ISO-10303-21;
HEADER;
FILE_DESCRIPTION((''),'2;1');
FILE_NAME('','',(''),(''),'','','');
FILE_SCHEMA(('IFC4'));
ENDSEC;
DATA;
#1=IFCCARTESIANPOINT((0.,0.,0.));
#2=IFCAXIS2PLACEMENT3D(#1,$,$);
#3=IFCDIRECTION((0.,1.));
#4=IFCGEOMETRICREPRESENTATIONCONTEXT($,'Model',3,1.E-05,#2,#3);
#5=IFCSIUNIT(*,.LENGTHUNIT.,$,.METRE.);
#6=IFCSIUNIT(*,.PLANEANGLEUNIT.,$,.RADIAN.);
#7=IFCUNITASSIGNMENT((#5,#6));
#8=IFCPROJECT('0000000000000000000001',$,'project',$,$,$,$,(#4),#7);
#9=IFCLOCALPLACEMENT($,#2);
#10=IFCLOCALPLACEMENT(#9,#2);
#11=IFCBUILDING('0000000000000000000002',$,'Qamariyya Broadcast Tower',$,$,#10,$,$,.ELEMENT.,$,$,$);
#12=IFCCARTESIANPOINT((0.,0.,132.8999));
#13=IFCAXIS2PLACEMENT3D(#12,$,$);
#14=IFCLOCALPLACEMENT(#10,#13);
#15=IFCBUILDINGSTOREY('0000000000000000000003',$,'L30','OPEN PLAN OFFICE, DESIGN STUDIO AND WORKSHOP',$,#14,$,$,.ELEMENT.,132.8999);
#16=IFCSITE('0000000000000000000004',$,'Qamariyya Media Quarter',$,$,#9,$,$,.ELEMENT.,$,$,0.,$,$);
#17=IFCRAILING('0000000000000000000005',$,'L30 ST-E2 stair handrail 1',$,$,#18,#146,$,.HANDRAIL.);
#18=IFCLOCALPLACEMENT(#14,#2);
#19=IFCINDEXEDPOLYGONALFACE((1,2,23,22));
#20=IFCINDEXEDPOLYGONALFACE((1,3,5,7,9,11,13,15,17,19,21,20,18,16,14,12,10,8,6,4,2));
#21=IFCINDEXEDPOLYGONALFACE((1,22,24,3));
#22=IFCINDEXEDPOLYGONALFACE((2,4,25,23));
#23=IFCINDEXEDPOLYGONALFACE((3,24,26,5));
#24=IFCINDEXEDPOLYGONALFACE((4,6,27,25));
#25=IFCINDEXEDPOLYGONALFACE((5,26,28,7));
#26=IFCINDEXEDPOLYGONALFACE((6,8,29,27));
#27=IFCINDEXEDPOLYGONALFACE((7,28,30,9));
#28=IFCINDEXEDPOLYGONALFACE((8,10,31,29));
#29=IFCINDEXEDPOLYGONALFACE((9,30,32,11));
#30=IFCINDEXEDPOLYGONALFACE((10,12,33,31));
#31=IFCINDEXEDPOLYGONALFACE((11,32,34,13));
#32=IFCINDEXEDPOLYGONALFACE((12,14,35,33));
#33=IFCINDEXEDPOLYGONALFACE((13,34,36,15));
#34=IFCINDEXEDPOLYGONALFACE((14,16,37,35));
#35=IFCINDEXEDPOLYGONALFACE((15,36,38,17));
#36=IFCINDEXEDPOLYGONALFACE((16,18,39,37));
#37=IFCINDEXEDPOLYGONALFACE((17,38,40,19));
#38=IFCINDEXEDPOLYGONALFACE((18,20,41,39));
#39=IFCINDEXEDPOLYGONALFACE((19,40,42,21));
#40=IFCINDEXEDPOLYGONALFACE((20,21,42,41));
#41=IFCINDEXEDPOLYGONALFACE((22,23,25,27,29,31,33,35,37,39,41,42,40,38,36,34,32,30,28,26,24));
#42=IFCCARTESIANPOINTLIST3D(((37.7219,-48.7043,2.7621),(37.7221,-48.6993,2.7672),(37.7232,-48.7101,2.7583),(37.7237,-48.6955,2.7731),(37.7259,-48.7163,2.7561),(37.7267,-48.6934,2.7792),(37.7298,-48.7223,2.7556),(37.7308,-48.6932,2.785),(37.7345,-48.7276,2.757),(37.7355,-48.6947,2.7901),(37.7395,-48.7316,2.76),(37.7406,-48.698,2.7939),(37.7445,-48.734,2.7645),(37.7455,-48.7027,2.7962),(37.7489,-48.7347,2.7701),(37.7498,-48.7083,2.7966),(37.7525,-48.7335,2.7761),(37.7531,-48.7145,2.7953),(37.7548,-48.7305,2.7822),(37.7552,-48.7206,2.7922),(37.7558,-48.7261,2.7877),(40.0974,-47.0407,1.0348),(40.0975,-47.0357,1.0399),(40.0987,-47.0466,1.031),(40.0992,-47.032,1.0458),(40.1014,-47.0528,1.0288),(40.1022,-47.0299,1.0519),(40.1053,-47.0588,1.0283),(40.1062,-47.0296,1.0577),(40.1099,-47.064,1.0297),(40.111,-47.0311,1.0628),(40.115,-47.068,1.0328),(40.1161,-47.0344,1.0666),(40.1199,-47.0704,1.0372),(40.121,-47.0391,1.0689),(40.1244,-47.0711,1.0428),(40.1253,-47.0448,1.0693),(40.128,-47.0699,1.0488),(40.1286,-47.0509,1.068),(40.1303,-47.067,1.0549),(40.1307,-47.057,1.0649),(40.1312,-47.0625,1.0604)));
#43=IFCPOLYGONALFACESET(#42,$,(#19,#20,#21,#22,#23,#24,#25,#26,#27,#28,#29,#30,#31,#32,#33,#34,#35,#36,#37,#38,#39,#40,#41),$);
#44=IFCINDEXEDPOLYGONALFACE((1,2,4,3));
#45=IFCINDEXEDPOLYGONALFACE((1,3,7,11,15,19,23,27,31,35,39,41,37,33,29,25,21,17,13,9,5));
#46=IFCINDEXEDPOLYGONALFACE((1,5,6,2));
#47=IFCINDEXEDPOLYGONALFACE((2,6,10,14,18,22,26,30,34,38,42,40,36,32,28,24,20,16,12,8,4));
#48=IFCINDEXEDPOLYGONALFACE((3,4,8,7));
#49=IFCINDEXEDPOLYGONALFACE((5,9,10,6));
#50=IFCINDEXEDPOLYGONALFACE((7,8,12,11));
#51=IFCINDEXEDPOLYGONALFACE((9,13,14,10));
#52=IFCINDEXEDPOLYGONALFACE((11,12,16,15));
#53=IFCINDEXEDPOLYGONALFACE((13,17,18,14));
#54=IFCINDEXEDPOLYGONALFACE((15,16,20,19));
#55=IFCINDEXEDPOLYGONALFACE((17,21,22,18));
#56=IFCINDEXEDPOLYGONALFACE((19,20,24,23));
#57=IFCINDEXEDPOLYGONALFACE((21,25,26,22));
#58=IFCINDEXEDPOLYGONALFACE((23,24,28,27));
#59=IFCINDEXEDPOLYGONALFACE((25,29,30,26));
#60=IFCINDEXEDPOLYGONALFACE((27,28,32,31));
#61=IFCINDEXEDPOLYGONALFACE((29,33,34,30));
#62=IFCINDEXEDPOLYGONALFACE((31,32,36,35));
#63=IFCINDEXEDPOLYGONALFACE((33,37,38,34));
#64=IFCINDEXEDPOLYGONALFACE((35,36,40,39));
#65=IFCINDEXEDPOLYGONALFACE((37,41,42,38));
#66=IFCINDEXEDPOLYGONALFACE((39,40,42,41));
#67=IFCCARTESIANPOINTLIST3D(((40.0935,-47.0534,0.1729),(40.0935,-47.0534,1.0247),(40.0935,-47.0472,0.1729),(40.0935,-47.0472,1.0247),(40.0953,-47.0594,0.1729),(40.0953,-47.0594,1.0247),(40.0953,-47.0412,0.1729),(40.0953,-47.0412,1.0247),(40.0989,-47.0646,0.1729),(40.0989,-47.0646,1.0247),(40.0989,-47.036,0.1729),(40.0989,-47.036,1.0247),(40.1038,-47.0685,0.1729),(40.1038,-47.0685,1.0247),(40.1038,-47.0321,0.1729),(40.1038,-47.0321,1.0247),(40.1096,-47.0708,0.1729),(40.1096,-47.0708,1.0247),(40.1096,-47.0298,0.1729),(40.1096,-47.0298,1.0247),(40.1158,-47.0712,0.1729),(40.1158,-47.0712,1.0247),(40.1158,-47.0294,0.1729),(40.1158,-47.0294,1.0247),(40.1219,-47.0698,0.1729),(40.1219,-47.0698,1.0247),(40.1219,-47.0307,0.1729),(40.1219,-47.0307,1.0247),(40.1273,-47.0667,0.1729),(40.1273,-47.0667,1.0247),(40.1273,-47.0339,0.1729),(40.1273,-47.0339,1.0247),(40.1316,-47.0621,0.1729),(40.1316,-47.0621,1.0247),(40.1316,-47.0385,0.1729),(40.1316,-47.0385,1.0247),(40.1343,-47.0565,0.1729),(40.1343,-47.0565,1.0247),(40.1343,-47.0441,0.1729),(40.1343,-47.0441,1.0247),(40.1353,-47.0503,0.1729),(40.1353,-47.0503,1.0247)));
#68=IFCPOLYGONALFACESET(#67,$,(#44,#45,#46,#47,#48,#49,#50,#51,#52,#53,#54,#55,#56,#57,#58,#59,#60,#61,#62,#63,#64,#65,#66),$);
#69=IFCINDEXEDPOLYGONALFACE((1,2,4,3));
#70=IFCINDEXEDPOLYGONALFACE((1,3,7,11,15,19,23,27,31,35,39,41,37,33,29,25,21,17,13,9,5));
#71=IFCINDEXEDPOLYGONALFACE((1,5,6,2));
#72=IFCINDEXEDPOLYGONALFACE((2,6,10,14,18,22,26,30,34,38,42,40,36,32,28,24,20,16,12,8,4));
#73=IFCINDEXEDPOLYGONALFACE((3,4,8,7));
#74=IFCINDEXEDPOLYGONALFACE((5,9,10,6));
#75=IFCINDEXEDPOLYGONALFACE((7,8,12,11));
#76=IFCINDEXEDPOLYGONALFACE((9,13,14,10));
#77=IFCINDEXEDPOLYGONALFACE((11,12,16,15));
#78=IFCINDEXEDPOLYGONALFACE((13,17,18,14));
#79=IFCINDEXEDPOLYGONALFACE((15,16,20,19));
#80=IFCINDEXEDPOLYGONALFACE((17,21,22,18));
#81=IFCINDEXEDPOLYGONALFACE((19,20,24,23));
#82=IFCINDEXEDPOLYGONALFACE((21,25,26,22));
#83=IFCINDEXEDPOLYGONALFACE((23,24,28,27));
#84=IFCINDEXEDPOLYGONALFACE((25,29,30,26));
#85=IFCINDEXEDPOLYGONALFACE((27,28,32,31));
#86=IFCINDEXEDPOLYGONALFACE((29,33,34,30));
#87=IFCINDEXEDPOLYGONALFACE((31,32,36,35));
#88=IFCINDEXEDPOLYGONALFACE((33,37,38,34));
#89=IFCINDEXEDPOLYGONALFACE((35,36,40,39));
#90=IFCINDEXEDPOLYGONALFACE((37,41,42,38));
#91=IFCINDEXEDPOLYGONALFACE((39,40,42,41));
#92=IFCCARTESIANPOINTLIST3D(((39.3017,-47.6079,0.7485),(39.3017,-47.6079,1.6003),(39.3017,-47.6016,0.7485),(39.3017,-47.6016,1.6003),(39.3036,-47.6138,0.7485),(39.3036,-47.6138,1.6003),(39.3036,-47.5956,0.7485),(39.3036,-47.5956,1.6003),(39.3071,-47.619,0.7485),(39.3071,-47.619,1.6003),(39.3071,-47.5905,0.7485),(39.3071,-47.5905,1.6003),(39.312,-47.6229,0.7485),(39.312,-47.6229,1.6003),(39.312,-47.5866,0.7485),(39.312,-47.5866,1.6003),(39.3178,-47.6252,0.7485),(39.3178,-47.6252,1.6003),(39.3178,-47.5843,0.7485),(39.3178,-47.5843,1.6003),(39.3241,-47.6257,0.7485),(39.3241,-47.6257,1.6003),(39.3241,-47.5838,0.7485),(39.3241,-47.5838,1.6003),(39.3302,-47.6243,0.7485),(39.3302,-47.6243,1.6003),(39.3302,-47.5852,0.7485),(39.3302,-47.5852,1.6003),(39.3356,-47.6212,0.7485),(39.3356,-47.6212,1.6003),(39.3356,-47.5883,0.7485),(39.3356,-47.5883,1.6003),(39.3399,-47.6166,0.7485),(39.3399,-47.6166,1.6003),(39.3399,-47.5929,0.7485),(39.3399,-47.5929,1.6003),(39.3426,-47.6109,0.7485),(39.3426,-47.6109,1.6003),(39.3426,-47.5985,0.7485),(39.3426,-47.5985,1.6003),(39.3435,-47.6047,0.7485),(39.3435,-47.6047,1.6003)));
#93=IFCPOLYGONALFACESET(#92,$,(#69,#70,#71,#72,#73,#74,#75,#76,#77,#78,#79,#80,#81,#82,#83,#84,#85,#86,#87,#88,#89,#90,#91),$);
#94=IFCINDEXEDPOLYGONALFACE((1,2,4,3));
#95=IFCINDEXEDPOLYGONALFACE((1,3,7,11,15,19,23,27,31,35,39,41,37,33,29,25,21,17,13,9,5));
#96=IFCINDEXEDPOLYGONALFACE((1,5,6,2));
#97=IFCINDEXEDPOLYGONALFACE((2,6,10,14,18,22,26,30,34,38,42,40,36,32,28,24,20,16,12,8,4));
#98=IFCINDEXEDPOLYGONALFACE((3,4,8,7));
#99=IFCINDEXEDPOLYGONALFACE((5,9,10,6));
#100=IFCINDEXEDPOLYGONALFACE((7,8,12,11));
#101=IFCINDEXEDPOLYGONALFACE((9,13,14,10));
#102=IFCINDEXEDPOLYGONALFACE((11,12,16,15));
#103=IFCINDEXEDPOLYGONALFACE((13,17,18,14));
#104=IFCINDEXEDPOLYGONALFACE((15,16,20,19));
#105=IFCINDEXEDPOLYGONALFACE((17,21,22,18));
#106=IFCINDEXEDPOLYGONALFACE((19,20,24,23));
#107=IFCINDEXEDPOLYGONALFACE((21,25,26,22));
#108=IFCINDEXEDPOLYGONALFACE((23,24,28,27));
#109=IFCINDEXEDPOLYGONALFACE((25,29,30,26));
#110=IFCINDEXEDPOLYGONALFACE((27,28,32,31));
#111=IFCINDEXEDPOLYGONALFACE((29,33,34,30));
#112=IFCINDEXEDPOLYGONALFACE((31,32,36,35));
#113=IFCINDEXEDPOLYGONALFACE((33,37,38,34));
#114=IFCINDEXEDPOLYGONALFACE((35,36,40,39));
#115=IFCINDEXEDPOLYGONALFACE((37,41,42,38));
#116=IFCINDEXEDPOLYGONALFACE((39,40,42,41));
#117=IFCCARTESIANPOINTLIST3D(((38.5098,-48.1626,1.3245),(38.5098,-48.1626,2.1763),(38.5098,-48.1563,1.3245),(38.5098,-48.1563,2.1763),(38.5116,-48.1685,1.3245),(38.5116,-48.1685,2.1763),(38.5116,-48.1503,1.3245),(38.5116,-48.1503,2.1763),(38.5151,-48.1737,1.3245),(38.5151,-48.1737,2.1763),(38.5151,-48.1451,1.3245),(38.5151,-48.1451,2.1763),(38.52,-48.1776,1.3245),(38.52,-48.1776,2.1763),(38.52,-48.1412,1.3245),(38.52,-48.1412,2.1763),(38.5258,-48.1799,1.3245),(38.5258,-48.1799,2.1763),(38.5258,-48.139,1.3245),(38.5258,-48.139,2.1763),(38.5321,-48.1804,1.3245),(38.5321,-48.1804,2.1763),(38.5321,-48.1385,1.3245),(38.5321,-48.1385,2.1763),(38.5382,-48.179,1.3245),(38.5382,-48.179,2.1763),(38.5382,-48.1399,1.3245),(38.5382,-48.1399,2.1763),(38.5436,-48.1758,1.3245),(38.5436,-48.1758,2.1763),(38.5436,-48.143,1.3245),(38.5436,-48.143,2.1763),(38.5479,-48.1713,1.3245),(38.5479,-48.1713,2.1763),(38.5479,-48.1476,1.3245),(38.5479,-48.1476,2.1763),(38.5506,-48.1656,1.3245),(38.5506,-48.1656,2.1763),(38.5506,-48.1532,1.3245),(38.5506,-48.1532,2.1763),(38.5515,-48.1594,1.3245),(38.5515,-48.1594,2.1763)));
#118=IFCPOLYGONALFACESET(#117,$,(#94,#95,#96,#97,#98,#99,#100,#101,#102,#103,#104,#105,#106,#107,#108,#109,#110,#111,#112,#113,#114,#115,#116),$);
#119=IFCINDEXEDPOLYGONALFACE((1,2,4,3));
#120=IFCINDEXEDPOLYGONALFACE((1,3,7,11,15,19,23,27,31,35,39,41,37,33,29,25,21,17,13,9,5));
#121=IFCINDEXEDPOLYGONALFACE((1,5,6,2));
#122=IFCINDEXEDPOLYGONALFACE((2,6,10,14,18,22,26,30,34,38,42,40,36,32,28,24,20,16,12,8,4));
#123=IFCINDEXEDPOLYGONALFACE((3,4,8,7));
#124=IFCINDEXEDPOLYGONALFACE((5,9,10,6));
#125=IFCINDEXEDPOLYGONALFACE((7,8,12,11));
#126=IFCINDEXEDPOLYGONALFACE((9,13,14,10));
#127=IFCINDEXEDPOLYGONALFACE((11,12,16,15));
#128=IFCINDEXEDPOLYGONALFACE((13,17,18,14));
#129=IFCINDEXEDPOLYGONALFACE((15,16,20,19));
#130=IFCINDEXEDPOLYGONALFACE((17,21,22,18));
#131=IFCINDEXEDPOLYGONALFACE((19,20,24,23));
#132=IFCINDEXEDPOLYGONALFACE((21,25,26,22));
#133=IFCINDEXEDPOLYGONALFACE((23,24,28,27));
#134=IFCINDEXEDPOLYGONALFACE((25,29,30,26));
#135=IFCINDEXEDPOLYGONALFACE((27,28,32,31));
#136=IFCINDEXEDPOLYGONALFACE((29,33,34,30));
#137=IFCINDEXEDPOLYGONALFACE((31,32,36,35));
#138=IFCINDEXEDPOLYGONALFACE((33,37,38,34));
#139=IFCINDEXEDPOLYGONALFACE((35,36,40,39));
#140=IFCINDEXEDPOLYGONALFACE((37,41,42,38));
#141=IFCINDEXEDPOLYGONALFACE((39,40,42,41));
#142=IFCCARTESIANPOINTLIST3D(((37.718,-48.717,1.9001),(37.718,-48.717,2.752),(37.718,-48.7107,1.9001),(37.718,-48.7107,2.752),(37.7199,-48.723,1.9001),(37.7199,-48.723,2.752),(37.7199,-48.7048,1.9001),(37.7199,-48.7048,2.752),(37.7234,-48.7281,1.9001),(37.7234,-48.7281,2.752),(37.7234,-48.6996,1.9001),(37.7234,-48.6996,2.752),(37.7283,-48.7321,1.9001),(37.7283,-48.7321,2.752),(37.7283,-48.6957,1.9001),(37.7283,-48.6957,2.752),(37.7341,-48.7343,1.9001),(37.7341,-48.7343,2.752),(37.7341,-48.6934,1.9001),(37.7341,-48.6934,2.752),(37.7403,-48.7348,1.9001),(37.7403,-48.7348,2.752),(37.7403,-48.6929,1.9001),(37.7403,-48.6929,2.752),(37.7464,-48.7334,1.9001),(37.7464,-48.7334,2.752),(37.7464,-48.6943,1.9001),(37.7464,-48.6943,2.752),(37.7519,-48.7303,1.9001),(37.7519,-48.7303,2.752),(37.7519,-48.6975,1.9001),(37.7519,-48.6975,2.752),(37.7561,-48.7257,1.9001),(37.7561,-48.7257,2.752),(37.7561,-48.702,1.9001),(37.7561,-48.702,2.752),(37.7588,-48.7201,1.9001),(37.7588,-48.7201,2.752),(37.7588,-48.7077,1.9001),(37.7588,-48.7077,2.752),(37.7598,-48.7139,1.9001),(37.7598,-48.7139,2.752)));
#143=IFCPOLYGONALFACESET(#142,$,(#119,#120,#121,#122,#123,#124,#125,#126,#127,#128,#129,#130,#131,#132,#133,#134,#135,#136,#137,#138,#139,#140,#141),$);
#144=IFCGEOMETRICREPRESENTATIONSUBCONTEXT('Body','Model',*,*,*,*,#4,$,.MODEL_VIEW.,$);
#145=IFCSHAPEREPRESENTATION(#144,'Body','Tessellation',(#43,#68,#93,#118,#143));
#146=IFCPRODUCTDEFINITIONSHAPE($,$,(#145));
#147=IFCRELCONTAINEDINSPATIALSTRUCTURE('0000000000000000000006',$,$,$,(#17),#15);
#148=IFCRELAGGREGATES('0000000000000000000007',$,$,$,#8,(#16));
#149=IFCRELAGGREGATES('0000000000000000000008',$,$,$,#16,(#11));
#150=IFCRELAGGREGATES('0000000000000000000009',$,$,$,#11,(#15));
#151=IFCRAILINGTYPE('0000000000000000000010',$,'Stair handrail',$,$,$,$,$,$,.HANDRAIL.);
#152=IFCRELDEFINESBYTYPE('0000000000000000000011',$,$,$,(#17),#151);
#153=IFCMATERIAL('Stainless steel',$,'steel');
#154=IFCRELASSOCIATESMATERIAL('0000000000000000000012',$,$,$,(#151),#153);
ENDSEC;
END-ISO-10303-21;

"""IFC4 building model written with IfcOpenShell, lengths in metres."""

from ifc_helpers import new_model, si_unit, direction, frame, origin, origin_2d, place, context, subcontext, project, spatial, circle, extrude, material, type_object, element, save


model = new_model("IFC4")

# Units and contexts
model_context = context("Model", 3, precision=1e-05, world=origin(), true_north=direction((0.0, 1.0)))
body_context = subcontext(model_context, "Body", "Model", "MODEL_VIEW")
ifc_project = project(units=[si_unit("LENGTHUNIT", "METRE"), si_unit("PLANEANGLEUNIT", "RADIAN")], contexts=[model_context])

# Site, building, storey
site_placement = place(None, origin())
site = spatial("IfcSite", under=ifc_project, at=site_placement, Name="Qamariyya Media Quarter", CompositionType="ELEMENT", RefElevation=0.0)
building_placement = place(site_placement, origin())
building = spatial("IfcBuilding", under=site, at=building_placement, Name="Qamariyya Broadcast Tower", CompositionType="ELEMENT")
storey_placement = place(building_placement, frame((0.0, 0.0, 132.8999)))
storey = spatial("IfcBuildingStorey", under=building, at=storey_placement, Name="L30", Description="OPEN PLAN OFFICE, DESIGN STUDIO AND WORKSHOP", CompositionType="ELEMENT", Elevation=132.8999)

# Railing
ifc_material_1 = material(Name="Stainless steel", Category="steel")
railing_type_1 = type_object("IfcRailingType", Name="Stair handrail", PredefinedType="HANDRAIL", material=ifc_material_1)
railing_1_placement = place(storey_placement, frame((40.1143, -47.0503, 0.1729)))
element("IfcRailing", 1, at=railing_1_placement, inside=storey, type_object=railing_type_1, Name="L30 ST-E2 stair handrail 1", PredefinedType="HANDRAIL", context=body_context, shape_type="SweptSolid", body=[
    extrude(circle(Radius=0.0239, at=origin_2d()), frame((0.0, 0.0, 0.876), z_axis=(-0.703745, -0.492838, 0.511716), x_axis=(0.573632, -0.819113, 0.0)), (0.0, 0.0, 1.0), 3.3755),
    extrude(circle(Radius=0.021, at=origin_2d()), origin(), (0.0, 0.0, 1.0), 0.8518),
    extrude(circle(Radius=0.021, at=origin_2d()), frame((-0.7917, -0.5544, 0.5757)), (0.0, 0.0, 1.0), 0.8518),
    extrude(circle(Radius=0.021, at=origin_2d()), frame((-1.5837, -1.1091, 1.1516)), (0.0, 0.0, 1.0), 0.8518),
    extrude(circle(Radius=0.021, at=origin_2d()), frame((-2.3755, -1.6636, 1.7273)), (0.0, 0.0, 1.0), 0.8518),
])

save(model, "model.ifc")
